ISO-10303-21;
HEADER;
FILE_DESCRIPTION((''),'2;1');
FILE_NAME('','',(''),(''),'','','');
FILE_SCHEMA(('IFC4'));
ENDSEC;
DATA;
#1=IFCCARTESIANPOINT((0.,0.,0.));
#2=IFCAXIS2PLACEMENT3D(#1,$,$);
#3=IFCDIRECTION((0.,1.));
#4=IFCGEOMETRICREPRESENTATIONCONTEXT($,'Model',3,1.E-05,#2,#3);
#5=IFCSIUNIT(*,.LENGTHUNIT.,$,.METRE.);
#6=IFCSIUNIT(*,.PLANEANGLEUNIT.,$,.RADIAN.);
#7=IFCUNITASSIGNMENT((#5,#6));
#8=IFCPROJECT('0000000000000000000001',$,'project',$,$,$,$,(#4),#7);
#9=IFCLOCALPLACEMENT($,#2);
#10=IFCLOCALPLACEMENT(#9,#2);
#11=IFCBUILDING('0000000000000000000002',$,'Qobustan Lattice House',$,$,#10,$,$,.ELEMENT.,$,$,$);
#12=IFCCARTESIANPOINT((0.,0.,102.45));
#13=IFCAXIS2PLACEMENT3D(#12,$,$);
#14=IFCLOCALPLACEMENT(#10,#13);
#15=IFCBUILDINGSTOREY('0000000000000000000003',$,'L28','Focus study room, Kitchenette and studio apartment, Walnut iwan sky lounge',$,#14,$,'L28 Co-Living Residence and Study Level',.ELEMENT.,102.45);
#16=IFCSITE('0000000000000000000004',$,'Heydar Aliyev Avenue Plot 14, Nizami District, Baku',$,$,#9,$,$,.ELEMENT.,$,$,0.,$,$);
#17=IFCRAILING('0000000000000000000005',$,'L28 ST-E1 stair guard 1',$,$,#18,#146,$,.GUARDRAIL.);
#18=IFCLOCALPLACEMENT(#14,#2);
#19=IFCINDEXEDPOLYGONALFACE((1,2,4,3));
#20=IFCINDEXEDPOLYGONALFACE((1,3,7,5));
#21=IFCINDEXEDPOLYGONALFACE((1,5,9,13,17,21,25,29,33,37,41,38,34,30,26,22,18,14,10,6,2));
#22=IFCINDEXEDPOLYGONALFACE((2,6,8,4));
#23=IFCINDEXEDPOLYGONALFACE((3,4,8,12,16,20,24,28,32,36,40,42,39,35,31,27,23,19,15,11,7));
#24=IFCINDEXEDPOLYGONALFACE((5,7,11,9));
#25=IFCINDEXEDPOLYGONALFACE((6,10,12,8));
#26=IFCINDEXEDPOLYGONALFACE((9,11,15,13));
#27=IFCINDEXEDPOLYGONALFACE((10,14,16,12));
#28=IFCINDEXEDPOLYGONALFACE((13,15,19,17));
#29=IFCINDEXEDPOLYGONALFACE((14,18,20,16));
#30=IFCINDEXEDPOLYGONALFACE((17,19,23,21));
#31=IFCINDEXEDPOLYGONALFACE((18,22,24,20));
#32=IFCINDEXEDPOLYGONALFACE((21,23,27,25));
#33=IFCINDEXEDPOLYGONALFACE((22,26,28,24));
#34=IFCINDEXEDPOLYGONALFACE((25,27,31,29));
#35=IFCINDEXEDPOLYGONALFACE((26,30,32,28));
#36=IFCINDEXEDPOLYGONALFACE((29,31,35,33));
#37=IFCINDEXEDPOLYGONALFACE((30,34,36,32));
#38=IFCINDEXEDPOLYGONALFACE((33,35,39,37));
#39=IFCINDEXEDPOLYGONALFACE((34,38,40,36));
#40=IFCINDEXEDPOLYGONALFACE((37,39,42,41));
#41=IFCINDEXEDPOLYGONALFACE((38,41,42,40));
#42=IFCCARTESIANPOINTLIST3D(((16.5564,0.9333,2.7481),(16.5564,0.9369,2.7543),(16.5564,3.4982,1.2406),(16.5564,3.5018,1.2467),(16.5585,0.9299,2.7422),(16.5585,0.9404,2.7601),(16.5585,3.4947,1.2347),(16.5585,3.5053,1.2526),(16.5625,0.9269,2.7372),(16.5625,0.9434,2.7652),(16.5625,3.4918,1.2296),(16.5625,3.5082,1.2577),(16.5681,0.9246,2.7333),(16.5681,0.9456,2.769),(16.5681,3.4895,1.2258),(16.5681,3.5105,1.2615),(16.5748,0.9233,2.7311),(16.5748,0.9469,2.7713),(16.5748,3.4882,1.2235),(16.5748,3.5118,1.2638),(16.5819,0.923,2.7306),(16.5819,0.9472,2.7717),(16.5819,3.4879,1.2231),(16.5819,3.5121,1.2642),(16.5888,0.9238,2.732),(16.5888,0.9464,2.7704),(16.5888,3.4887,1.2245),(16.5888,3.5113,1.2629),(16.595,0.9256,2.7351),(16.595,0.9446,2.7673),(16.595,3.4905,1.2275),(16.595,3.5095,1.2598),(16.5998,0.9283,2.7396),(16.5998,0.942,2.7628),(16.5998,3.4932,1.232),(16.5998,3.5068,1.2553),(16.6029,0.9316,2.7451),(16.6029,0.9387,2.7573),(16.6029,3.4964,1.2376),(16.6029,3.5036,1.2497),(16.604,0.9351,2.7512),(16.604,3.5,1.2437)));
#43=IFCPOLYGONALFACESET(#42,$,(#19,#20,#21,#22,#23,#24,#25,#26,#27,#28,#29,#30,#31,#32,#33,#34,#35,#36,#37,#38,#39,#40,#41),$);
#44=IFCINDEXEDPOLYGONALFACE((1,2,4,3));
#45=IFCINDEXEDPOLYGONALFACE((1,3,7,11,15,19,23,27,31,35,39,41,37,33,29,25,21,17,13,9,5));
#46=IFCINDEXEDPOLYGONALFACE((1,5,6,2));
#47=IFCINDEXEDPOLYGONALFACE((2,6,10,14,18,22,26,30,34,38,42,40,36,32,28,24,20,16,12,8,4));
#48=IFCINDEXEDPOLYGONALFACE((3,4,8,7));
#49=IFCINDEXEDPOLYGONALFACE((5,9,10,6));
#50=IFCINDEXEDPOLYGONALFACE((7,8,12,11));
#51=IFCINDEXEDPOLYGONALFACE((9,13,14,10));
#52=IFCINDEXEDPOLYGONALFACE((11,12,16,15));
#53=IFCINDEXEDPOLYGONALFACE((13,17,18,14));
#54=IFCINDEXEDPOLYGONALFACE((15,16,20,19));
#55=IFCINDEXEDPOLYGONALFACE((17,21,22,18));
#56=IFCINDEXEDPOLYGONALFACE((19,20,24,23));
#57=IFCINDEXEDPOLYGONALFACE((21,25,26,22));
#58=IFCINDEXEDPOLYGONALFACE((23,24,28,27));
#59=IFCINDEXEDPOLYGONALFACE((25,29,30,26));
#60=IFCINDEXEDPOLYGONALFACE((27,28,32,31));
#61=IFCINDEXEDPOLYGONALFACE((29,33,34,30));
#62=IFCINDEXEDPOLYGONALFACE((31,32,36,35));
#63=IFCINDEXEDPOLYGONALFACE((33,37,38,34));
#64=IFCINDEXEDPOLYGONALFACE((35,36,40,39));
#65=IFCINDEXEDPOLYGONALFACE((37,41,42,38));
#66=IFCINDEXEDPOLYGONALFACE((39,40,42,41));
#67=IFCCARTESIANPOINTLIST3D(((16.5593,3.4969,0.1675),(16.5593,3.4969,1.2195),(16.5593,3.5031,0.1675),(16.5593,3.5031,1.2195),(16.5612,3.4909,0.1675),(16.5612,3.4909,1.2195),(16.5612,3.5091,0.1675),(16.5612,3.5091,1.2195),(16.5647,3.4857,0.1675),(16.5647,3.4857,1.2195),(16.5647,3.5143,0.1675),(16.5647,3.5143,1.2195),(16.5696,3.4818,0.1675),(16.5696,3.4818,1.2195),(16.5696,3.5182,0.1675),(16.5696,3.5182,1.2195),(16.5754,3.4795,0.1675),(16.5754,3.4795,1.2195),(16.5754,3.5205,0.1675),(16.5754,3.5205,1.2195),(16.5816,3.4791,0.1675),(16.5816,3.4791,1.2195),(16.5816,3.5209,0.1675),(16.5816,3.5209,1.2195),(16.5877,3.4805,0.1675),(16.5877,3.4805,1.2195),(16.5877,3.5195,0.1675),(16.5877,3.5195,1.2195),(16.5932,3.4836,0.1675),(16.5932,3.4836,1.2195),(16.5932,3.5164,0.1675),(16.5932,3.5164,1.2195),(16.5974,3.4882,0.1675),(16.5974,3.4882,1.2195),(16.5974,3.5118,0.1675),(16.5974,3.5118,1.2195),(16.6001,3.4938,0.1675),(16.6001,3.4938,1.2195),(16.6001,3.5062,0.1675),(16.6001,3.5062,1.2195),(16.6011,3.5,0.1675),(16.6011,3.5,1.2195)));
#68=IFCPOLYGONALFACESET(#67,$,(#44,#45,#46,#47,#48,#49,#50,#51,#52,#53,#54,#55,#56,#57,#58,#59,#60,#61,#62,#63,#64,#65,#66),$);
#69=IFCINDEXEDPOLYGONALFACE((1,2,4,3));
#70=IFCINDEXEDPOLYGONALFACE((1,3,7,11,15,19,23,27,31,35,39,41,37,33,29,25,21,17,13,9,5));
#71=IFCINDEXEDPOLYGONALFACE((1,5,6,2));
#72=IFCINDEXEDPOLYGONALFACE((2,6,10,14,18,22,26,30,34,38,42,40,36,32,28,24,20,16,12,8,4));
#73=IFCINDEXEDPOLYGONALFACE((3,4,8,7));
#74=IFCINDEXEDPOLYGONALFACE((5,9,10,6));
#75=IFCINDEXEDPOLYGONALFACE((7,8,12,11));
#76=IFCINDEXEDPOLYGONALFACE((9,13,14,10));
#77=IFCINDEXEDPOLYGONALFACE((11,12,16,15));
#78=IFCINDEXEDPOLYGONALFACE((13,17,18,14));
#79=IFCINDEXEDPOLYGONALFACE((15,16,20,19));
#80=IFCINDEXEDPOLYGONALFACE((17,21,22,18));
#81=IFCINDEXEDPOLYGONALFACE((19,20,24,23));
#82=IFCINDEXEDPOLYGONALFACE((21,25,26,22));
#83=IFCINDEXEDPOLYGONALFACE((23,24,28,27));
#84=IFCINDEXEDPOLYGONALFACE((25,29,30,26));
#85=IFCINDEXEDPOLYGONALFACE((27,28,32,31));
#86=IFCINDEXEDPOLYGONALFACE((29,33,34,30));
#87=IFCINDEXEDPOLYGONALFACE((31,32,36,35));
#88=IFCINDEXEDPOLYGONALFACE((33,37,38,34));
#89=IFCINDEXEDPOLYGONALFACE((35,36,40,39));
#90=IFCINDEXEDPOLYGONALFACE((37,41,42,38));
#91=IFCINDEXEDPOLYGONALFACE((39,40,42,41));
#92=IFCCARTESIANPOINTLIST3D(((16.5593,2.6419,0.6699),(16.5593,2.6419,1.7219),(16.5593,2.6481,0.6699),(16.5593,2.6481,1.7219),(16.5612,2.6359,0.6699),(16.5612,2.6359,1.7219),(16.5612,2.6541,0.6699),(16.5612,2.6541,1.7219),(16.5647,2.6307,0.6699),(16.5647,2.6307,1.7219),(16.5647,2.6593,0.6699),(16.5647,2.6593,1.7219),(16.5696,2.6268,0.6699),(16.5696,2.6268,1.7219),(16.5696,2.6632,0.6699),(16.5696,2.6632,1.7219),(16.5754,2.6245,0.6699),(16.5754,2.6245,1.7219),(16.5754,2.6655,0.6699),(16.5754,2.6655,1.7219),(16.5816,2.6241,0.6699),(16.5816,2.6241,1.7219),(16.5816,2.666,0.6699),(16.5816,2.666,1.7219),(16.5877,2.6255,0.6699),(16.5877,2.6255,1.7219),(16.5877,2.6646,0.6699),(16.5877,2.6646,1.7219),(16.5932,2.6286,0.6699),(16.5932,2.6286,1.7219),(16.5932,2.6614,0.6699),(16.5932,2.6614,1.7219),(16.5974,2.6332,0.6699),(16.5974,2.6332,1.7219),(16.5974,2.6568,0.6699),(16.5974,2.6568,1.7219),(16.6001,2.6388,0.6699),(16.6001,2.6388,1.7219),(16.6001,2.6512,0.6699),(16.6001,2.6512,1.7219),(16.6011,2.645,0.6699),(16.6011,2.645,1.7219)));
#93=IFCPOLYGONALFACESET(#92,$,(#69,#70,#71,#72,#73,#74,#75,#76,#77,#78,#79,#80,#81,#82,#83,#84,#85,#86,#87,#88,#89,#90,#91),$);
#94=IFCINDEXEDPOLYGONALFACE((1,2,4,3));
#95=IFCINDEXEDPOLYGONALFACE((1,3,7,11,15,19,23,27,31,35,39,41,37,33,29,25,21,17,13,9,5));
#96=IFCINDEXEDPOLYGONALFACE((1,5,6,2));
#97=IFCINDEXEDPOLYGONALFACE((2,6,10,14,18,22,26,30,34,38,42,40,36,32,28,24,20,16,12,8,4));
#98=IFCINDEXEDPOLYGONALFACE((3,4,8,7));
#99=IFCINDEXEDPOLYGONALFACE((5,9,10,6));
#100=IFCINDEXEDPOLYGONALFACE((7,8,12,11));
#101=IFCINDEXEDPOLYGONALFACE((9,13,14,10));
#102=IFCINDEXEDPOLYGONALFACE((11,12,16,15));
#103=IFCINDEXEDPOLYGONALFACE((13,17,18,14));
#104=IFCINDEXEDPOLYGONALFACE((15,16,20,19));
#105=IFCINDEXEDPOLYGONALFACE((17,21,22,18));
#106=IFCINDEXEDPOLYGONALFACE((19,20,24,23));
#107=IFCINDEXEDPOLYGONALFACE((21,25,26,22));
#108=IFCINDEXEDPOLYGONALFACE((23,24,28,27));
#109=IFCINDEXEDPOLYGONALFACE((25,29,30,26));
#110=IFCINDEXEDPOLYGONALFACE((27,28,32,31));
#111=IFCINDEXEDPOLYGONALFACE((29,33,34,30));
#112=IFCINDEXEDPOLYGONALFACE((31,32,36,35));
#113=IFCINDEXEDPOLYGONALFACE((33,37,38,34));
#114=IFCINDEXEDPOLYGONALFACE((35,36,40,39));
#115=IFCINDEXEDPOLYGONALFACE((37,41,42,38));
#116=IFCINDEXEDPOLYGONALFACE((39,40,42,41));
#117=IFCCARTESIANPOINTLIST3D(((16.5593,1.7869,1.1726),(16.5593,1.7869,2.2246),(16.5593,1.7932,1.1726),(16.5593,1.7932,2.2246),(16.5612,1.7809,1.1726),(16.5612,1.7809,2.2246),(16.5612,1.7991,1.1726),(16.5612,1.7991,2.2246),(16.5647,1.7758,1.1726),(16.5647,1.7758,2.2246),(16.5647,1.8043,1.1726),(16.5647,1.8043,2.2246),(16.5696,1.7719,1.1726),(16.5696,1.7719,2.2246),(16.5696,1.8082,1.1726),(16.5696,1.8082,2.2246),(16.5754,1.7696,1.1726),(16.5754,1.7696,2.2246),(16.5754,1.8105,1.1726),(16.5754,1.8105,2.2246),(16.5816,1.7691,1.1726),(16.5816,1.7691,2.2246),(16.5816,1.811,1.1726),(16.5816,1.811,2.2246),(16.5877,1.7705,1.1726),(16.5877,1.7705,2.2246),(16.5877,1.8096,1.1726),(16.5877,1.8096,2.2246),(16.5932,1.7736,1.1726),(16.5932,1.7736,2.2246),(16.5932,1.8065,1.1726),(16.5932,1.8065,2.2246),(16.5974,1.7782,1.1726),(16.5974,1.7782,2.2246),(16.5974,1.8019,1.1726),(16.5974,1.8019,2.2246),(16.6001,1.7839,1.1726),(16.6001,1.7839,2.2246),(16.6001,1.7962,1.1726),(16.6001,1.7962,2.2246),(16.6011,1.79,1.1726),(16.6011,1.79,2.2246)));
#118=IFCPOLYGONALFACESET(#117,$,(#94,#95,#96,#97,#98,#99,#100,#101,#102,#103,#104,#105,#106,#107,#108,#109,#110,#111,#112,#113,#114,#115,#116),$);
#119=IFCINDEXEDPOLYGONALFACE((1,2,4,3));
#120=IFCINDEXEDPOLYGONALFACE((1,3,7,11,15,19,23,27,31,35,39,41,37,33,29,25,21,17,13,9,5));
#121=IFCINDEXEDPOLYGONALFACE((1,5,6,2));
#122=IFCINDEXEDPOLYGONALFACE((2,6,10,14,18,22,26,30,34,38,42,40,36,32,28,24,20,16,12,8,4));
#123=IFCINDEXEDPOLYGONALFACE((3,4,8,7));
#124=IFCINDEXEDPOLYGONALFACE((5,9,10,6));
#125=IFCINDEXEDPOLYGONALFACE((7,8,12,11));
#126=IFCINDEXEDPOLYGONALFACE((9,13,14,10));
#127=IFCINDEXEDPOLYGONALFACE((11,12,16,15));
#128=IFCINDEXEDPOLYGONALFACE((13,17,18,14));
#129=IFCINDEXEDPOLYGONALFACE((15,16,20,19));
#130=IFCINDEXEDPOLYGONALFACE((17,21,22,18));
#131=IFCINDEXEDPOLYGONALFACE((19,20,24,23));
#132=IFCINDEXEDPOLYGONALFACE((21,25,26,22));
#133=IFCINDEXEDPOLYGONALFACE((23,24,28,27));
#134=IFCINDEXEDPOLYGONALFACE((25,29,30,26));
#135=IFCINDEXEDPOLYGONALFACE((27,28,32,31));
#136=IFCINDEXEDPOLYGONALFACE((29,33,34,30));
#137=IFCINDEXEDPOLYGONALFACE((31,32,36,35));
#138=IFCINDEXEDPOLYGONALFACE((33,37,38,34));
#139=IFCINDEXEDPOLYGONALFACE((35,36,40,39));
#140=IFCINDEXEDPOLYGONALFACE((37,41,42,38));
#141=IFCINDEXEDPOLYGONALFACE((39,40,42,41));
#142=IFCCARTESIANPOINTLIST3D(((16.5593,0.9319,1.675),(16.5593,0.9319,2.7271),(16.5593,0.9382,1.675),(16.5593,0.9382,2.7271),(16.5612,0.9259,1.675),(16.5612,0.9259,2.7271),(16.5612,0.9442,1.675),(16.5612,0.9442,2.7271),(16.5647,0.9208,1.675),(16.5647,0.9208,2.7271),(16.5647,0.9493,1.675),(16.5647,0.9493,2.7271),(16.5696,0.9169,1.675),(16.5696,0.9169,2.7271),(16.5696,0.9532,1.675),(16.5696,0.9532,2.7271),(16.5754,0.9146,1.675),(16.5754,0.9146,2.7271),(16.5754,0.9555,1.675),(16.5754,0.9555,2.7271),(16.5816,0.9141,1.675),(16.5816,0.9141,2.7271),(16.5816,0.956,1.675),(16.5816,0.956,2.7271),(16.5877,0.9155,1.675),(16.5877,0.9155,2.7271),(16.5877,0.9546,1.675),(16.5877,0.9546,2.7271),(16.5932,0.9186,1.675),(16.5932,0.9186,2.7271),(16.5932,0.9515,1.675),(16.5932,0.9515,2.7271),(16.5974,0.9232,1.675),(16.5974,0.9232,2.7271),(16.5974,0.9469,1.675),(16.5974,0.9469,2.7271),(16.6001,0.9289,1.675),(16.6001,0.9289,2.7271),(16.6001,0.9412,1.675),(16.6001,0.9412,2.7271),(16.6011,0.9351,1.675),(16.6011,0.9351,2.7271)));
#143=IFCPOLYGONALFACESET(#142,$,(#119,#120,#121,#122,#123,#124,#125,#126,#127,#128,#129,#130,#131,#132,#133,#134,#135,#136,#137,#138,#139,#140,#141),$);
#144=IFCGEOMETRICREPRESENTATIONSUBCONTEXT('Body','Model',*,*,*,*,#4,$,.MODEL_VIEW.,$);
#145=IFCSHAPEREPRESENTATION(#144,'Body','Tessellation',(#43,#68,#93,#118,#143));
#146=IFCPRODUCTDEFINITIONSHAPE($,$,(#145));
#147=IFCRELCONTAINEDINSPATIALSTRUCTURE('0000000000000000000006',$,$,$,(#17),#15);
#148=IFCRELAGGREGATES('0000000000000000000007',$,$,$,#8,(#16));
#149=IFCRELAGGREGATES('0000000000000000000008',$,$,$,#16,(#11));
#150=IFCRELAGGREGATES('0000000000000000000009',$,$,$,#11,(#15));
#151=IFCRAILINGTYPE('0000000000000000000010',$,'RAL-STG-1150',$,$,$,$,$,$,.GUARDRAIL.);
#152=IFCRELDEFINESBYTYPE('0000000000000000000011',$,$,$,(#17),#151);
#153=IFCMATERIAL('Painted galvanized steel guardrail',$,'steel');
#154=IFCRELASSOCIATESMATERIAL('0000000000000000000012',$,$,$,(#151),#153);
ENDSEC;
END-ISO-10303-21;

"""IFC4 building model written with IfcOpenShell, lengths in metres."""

from ifc_helpers import new_model, si_unit, direction, frame, origin, origin_2d, place, context, subcontext, project, spatial, circle, extrude, material, type_object, element, save


model = new_model("IFC4")

# Units and contexts
model_context = context("Model", 3, precision=1e-05, world=origin(), true_north=direction((0.0, 1.0)))
body_context = subcontext(model_context, "Body", "Model", "MODEL_VIEW")
ifc_project = project(units=[si_unit("LENGTHUNIT", "METRE"), si_unit("PLANEANGLEUNIT", "RADIAN")], contexts=[model_context])

# Site, building, storey
site_placement = place(None, origin())
site = spatial("IfcSite", under=ifc_project, at=site_placement, Name="Heydar Aliyev Avenue Plot 14, Nizami District, Baku", CompositionType="ELEMENT", RefElevation=0.0)
building_placement = place(site_placement, origin())
building = spatial("IfcBuilding", under=site, at=building_placement, Name="Qobustan Lattice House", CompositionType="ELEMENT")
storey_placement = place(building_placement, frame((0.0, 0.0, 102.45)))
storey = spatial("IfcBuildingStorey", under=building, at=storey_placement, Name="L28", Description="Focus study room, Kitchenette and studio apartment, Walnut iwan sky lounge", LongName="L28 Co-Living Residence and Study Level", CompositionType="ELEMENT", Elevation=102.45)

# Railing
ifc_material_1 = material(Name="Painted galvanized steel guardrail", Category="steel")
railing_type_1 = type_object("IfcRailingType", Name="RAL-STG-1150", PredefinedType="GUARDRAIL", material=ifc_material_1)
railing_1_placement = place(storey_placement, frame((16.5801, 3.5, 0.1675)))
element("IfcRailing", 1, at=railing_1_placement, inside=storey, type_object=railing_type_1, Name="L28 ST-E1 stair guard 1", PredefinedType="GUARDRAIL", context=body_context, shape_type="SweptSolid", body=[
    extrude(circle(Radius=0.0239, at=origin_2d()), frame((0.0, 0.0, 1.0762), z_axis=(0.0, -0.862113, 0.506715), x_axis=(1.0, 0.0, 0.0)), (0.0, 0.0, 1.0), 2.9751),
    extrude(circle(Radius=0.021, at=origin_2d()), origin(), (0.0, 0.0, 1.0), 1.052),
    extrude(circle(Radius=0.021, at=origin_2d()), frame((0.0, -0.855, 0.5024)), (0.0, 0.0, 1.0), 1.052),
    extrude(circle(Radius=0.021, at=origin_2d()), frame((0.0, -1.71, 1.0051)), (0.0, 0.0, 1.0), 1.052),
    extrude(circle(Radius=0.021, at=origin_2d()), frame((0.0, -2.5649, 1.5076)), (0.0, 0.0, 1.0), 1.052),
])

save(model, "model.ifc")
